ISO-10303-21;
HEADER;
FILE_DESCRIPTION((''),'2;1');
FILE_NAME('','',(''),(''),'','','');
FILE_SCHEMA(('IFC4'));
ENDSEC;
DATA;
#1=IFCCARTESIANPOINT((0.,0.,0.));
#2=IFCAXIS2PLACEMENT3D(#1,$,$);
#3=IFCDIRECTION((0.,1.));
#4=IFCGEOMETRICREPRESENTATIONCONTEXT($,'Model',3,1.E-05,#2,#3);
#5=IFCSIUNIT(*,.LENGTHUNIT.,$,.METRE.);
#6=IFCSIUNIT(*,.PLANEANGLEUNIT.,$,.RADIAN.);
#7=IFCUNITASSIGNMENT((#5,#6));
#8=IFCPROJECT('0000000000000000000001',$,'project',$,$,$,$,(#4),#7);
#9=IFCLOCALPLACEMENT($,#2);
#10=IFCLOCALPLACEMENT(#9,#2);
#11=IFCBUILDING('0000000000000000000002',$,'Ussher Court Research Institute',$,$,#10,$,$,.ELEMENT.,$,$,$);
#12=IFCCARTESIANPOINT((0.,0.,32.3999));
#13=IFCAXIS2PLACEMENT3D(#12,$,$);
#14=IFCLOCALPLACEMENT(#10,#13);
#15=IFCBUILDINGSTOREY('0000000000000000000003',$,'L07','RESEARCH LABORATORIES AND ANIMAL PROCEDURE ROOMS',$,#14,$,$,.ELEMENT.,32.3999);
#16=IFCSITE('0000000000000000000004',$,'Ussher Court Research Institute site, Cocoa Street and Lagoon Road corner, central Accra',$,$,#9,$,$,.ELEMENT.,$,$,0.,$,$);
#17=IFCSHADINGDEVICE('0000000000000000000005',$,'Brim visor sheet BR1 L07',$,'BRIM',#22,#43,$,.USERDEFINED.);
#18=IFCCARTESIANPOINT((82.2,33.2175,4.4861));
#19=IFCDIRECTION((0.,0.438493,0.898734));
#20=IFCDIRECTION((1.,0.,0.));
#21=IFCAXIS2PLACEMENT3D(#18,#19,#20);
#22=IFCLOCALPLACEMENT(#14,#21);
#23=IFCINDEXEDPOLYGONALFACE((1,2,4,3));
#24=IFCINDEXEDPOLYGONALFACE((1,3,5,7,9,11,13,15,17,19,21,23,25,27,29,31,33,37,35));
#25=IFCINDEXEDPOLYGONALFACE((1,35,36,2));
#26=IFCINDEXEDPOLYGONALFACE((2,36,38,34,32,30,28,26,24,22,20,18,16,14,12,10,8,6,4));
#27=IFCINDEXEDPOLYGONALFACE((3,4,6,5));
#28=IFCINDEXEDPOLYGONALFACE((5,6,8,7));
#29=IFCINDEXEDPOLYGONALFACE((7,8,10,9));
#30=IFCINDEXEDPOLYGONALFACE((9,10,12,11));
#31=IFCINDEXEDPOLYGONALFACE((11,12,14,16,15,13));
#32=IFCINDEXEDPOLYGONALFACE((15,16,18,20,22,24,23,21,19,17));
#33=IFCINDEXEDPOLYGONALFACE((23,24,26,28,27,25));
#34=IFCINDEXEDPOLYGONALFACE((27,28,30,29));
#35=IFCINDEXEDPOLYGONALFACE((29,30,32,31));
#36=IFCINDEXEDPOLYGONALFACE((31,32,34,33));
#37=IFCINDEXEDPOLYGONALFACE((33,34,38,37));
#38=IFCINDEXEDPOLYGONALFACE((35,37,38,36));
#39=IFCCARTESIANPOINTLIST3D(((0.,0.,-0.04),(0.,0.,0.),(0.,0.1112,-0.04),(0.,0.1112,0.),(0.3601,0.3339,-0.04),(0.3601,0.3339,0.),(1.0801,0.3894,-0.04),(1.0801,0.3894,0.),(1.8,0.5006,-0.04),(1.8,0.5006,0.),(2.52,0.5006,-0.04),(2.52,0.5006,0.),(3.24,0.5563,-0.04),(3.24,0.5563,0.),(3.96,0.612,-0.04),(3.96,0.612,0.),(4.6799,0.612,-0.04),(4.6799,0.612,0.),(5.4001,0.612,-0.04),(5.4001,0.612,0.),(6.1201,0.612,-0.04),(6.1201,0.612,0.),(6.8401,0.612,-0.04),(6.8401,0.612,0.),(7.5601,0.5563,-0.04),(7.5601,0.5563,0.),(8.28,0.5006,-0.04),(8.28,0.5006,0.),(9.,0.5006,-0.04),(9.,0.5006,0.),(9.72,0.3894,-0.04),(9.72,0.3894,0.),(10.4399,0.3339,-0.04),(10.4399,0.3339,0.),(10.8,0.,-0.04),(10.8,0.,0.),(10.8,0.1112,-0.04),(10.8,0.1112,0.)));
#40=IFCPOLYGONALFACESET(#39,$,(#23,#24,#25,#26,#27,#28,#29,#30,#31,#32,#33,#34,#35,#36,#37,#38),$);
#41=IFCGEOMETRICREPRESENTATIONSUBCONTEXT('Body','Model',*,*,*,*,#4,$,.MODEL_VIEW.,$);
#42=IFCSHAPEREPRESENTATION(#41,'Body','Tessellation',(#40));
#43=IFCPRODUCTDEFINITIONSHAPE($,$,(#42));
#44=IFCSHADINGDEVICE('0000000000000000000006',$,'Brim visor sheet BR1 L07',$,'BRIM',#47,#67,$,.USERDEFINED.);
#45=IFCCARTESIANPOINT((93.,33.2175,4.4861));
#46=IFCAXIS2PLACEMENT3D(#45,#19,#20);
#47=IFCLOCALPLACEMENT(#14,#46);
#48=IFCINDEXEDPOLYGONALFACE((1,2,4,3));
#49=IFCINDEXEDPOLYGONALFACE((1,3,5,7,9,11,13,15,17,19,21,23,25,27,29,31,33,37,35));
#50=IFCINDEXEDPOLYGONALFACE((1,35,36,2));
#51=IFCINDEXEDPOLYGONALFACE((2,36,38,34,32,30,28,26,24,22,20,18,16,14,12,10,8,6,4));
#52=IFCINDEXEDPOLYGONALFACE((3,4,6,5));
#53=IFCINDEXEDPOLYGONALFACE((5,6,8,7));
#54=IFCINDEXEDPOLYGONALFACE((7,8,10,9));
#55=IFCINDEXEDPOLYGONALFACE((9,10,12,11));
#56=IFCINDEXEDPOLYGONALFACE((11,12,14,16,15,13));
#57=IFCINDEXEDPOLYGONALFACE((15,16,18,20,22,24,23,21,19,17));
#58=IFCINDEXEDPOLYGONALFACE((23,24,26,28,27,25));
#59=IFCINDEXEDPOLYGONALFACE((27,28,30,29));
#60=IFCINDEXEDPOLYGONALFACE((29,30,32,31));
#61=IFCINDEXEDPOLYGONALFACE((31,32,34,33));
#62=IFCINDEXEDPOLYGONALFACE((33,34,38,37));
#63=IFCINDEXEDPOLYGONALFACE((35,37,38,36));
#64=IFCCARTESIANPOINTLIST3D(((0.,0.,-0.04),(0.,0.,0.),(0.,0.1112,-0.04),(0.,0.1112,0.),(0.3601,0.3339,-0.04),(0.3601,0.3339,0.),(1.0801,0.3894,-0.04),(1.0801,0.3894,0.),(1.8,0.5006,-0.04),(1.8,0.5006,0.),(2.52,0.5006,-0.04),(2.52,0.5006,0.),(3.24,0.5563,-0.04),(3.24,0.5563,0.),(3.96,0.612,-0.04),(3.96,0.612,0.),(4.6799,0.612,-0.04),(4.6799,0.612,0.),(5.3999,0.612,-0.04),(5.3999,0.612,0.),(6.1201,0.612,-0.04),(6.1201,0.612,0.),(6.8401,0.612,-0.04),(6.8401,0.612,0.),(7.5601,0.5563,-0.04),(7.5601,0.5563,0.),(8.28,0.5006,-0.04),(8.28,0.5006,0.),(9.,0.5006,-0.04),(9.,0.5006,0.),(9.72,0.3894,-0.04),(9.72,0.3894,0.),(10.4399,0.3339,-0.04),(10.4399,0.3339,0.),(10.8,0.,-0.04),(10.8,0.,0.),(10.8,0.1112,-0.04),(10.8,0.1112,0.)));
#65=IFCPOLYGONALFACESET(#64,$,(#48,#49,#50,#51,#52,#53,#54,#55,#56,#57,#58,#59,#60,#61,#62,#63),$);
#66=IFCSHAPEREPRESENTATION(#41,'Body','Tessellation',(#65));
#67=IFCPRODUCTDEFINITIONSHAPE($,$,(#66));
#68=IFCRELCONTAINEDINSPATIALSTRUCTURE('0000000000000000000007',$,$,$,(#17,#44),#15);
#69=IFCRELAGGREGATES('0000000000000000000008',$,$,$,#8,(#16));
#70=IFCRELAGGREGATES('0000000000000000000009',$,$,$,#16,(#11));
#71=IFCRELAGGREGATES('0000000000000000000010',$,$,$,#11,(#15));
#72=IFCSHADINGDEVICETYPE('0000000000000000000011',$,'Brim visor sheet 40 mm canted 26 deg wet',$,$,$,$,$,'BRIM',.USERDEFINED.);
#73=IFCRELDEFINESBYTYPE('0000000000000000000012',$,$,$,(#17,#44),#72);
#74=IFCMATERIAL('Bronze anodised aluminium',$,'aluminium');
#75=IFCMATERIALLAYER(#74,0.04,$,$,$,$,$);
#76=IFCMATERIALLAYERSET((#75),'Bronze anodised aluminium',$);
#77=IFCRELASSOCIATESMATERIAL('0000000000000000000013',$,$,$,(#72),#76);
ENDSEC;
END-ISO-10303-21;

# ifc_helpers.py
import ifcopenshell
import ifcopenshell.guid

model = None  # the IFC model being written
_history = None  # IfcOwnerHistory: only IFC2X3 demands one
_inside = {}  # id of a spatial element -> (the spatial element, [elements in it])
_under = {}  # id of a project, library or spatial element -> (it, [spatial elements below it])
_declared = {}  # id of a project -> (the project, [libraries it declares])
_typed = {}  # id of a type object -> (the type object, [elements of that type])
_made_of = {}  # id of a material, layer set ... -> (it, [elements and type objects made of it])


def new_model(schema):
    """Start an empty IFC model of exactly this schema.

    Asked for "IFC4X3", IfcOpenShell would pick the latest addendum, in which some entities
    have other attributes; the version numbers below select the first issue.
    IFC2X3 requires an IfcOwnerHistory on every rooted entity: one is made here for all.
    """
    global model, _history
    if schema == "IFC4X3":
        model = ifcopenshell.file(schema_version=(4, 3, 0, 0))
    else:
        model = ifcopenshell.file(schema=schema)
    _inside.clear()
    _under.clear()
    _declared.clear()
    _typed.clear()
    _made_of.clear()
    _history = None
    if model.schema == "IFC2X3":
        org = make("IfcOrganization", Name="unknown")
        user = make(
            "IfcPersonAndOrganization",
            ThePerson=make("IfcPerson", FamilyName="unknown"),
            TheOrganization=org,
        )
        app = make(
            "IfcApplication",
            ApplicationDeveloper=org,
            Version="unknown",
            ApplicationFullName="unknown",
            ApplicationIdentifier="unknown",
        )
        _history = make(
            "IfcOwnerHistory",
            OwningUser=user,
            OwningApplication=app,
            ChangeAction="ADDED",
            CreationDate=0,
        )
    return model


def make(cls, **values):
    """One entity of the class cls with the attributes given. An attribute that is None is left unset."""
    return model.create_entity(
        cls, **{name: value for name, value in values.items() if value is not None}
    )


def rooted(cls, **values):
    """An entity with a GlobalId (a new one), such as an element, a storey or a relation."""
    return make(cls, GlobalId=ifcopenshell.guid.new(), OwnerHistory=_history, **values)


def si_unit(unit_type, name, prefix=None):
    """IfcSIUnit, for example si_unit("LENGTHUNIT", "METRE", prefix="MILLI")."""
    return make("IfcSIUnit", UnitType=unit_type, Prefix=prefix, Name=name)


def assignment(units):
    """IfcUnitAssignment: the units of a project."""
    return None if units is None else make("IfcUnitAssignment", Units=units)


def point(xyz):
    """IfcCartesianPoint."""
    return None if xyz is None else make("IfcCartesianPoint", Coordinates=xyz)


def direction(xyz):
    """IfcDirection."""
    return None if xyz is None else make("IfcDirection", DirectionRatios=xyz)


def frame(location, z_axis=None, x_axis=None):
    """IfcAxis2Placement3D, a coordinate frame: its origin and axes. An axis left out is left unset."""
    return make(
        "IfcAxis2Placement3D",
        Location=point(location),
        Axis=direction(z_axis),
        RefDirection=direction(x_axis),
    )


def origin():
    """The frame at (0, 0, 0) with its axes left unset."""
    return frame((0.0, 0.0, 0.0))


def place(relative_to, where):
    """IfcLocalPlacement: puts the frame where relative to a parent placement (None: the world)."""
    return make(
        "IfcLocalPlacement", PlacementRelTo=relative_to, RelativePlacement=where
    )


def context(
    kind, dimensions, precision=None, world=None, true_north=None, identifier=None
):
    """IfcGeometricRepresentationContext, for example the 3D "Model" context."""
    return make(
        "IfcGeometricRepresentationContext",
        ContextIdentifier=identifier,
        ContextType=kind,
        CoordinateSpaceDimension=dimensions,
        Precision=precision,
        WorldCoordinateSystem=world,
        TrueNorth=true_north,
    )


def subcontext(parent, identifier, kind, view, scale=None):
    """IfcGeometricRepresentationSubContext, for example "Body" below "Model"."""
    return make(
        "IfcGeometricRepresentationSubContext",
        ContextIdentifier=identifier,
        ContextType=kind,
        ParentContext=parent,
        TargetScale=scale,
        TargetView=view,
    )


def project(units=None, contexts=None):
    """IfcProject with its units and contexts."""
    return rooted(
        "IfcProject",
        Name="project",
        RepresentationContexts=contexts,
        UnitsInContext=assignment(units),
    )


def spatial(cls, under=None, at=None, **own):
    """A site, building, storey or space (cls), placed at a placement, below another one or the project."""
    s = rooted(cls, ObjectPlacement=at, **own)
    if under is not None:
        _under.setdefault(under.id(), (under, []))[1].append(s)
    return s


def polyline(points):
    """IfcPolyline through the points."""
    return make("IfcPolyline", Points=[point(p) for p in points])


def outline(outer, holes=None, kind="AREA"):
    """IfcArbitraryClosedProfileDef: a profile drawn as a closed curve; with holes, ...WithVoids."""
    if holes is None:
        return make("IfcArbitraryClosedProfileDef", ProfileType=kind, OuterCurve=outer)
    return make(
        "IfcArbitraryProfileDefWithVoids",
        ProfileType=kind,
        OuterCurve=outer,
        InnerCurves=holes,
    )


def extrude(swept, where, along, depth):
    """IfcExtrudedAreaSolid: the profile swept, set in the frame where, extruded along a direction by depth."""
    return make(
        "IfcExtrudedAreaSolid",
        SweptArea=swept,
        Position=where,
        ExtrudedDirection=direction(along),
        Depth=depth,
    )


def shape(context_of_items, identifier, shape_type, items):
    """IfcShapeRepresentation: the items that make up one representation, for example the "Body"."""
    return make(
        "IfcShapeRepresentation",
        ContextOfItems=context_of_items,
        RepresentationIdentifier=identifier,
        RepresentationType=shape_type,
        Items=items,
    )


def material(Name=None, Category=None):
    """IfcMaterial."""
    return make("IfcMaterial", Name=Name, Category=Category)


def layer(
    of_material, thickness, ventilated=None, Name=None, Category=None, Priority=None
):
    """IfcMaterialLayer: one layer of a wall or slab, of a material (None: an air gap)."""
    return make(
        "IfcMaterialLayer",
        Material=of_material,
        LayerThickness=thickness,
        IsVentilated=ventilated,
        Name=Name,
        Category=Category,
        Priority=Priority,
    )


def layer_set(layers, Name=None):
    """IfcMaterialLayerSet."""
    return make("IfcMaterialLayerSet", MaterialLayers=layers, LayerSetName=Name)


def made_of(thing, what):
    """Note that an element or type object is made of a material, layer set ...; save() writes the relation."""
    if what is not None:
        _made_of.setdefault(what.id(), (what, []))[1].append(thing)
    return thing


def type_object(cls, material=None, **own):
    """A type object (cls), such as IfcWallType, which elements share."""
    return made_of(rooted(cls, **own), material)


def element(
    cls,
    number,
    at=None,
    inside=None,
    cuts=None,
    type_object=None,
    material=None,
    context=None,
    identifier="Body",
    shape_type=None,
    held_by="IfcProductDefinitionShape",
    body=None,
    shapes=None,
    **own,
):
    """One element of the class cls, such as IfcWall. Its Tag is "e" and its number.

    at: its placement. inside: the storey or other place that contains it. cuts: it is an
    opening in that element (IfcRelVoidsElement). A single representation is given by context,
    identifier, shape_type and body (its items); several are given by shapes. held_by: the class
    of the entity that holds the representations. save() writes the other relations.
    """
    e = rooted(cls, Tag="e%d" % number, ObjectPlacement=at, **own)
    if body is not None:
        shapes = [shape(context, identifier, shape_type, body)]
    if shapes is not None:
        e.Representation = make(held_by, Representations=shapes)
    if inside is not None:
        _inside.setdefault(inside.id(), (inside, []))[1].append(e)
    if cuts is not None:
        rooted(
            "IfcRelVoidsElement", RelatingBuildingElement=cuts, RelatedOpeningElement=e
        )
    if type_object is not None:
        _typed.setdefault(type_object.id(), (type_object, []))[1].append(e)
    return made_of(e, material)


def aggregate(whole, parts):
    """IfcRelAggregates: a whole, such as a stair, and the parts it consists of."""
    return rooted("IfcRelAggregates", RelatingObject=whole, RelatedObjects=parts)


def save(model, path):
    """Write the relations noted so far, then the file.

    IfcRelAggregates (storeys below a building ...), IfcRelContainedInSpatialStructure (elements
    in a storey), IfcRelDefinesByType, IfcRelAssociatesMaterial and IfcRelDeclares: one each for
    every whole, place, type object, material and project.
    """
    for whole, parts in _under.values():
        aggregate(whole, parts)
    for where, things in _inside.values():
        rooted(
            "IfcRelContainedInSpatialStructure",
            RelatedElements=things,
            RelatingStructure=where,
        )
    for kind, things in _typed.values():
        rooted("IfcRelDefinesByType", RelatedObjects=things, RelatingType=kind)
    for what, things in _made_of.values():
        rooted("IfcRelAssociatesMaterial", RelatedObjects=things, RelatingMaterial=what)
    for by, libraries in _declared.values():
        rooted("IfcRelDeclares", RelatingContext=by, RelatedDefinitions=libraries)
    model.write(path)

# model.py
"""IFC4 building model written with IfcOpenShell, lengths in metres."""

from ifc_helpers import new_model, si_unit, direction, frame, origin, place, context, subcontext, project, spatial, polyline, outline, extrude, material, layer, layer_set, type_object, element, save


model = new_model("IFC4")

# Units and contexts
model_context = context("Model", 3, precision=1e-05, world=origin(), true_north=direction((0.0, 1.0)))
body_context = subcontext(model_context, "Body", "Model", "MODEL_VIEW")
ifc_project = project(units=[si_unit("LENGTHUNIT", "METRE"), si_unit("PLANEANGLEUNIT", "RADIAN")], contexts=[model_context])

# Site, building, storey
site_placement = place(None, origin())
site = spatial("IfcSite", under=ifc_project, at=site_placement, Name="Ussher Court Research Institute site, Cocoa Street and Lagoon Road corner, central Accra", CompositionType="ELEMENT", RefElevation=0.0)
building_placement = place(site_placement, origin())
building = spatial("IfcBuilding", under=site, at=building_placement, Name="Ussher Court Research Institute", CompositionType="ELEMENT")
storey_placement = place(building_placement, frame((0.0, 0.0, 32.3999)))
storey = spatial("IfcBuildingStorey", under=building, at=storey_placement, Name="L07", Description="RESEARCH LABORATORIES AND ANIMAL PROCEDURE ROOMS", CompositionType="ELEMENT", Elevation=32.3999)

# Shading devices
ifc_material_1 = material(Name="Bronze anodised aluminium", Category="aluminium")
ifc_layer_1 = layer(ifc_material_1, 0.04)
ifc_layer_set_1 = layer_set([ifc_layer_1], Name="Bronze anodised aluminium")
shading_device_type_1 = type_object("IfcShadingDeviceType", Name="Brim visor sheet 40 mm canted 26 deg wet", ElementType="BRIM", PredefinedType="USERDEFINED", material=ifc_layer_set_1)
shading_device_1_placement = place(storey_placement, frame((82.2, 33.2175, 4.4861), z_axis=(0.0, 0.438493, 0.898734), x_axis=(1.0, 0.0, 0.0)))
element("IfcShadingDevice", 1, at=shading_device_1_placement, inside=storey, type_object=shading_device_type_1, Name="Brim visor sheet BR1 L07", ObjectType="BRIM", PredefinedType="USERDEFINED", context=body_context, shape_type="SweptSolid", body=[
    extrude(outline(polyline([(0.0, 0.0), (10.8, 0.0), (10.8, 0.1112), (10.4399, 0.3339), (9.72, 0.3894), (9.0, 0.5006), (8.28, 0.5006), (7.5601, 0.5563), (6.8401, 0.612), (6.1201, 0.612), (5.4001, 0.612), (4.6799, 0.612), (3.96, 0.612), (3.24, 0.5563), (2.52, 0.5006), (1.8, 0.5006), (1.0801, 0.3894), (0.3601, 0.3339), (0.0, 0.1112), (0.0, 0.0)])), origin(), (0.0, 0.0, -1.0), 0.04),
])
shading_device_2_placement = place(storey_placement, frame((93.0, 33.2175, 4.4861), z_axis=(0.0, 0.438493, 0.898734), x_axis=(1.0, 0.0, 0.0)))
element("IfcShadingDevice", 2, at=shading_device_2_placement, inside=storey, type_object=shading_device_type_1, Name="Brim visor sheet BR1 L07", ObjectType="BRIM", PredefinedType="USERDEFINED", context=body_context, shape_type="SweptSolid", body=[
    extrude(outline(polyline([(0.0, 0.0), (10.8, 0.0), (10.8, 0.1112), (10.4399, 0.3339), (9.72, 0.3894), (9.0, 0.5006), (8.28, 0.5006), (7.5601, 0.5563), (6.8401, 0.612), (6.1201, 0.612), (5.3999, 0.612), (4.6799, 0.612), (3.96, 0.612), (3.24, 0.5563), (2.52, 0.5006), (1.8, 0.5006), (1.0801, 0.3894), (0.3601, 0.3339), (0.0, 0.1112), (0.0, 0.0)])), origin(), (0.0, 0.0, -1.0), 0.04),
])

save(model, "model.ifc")
